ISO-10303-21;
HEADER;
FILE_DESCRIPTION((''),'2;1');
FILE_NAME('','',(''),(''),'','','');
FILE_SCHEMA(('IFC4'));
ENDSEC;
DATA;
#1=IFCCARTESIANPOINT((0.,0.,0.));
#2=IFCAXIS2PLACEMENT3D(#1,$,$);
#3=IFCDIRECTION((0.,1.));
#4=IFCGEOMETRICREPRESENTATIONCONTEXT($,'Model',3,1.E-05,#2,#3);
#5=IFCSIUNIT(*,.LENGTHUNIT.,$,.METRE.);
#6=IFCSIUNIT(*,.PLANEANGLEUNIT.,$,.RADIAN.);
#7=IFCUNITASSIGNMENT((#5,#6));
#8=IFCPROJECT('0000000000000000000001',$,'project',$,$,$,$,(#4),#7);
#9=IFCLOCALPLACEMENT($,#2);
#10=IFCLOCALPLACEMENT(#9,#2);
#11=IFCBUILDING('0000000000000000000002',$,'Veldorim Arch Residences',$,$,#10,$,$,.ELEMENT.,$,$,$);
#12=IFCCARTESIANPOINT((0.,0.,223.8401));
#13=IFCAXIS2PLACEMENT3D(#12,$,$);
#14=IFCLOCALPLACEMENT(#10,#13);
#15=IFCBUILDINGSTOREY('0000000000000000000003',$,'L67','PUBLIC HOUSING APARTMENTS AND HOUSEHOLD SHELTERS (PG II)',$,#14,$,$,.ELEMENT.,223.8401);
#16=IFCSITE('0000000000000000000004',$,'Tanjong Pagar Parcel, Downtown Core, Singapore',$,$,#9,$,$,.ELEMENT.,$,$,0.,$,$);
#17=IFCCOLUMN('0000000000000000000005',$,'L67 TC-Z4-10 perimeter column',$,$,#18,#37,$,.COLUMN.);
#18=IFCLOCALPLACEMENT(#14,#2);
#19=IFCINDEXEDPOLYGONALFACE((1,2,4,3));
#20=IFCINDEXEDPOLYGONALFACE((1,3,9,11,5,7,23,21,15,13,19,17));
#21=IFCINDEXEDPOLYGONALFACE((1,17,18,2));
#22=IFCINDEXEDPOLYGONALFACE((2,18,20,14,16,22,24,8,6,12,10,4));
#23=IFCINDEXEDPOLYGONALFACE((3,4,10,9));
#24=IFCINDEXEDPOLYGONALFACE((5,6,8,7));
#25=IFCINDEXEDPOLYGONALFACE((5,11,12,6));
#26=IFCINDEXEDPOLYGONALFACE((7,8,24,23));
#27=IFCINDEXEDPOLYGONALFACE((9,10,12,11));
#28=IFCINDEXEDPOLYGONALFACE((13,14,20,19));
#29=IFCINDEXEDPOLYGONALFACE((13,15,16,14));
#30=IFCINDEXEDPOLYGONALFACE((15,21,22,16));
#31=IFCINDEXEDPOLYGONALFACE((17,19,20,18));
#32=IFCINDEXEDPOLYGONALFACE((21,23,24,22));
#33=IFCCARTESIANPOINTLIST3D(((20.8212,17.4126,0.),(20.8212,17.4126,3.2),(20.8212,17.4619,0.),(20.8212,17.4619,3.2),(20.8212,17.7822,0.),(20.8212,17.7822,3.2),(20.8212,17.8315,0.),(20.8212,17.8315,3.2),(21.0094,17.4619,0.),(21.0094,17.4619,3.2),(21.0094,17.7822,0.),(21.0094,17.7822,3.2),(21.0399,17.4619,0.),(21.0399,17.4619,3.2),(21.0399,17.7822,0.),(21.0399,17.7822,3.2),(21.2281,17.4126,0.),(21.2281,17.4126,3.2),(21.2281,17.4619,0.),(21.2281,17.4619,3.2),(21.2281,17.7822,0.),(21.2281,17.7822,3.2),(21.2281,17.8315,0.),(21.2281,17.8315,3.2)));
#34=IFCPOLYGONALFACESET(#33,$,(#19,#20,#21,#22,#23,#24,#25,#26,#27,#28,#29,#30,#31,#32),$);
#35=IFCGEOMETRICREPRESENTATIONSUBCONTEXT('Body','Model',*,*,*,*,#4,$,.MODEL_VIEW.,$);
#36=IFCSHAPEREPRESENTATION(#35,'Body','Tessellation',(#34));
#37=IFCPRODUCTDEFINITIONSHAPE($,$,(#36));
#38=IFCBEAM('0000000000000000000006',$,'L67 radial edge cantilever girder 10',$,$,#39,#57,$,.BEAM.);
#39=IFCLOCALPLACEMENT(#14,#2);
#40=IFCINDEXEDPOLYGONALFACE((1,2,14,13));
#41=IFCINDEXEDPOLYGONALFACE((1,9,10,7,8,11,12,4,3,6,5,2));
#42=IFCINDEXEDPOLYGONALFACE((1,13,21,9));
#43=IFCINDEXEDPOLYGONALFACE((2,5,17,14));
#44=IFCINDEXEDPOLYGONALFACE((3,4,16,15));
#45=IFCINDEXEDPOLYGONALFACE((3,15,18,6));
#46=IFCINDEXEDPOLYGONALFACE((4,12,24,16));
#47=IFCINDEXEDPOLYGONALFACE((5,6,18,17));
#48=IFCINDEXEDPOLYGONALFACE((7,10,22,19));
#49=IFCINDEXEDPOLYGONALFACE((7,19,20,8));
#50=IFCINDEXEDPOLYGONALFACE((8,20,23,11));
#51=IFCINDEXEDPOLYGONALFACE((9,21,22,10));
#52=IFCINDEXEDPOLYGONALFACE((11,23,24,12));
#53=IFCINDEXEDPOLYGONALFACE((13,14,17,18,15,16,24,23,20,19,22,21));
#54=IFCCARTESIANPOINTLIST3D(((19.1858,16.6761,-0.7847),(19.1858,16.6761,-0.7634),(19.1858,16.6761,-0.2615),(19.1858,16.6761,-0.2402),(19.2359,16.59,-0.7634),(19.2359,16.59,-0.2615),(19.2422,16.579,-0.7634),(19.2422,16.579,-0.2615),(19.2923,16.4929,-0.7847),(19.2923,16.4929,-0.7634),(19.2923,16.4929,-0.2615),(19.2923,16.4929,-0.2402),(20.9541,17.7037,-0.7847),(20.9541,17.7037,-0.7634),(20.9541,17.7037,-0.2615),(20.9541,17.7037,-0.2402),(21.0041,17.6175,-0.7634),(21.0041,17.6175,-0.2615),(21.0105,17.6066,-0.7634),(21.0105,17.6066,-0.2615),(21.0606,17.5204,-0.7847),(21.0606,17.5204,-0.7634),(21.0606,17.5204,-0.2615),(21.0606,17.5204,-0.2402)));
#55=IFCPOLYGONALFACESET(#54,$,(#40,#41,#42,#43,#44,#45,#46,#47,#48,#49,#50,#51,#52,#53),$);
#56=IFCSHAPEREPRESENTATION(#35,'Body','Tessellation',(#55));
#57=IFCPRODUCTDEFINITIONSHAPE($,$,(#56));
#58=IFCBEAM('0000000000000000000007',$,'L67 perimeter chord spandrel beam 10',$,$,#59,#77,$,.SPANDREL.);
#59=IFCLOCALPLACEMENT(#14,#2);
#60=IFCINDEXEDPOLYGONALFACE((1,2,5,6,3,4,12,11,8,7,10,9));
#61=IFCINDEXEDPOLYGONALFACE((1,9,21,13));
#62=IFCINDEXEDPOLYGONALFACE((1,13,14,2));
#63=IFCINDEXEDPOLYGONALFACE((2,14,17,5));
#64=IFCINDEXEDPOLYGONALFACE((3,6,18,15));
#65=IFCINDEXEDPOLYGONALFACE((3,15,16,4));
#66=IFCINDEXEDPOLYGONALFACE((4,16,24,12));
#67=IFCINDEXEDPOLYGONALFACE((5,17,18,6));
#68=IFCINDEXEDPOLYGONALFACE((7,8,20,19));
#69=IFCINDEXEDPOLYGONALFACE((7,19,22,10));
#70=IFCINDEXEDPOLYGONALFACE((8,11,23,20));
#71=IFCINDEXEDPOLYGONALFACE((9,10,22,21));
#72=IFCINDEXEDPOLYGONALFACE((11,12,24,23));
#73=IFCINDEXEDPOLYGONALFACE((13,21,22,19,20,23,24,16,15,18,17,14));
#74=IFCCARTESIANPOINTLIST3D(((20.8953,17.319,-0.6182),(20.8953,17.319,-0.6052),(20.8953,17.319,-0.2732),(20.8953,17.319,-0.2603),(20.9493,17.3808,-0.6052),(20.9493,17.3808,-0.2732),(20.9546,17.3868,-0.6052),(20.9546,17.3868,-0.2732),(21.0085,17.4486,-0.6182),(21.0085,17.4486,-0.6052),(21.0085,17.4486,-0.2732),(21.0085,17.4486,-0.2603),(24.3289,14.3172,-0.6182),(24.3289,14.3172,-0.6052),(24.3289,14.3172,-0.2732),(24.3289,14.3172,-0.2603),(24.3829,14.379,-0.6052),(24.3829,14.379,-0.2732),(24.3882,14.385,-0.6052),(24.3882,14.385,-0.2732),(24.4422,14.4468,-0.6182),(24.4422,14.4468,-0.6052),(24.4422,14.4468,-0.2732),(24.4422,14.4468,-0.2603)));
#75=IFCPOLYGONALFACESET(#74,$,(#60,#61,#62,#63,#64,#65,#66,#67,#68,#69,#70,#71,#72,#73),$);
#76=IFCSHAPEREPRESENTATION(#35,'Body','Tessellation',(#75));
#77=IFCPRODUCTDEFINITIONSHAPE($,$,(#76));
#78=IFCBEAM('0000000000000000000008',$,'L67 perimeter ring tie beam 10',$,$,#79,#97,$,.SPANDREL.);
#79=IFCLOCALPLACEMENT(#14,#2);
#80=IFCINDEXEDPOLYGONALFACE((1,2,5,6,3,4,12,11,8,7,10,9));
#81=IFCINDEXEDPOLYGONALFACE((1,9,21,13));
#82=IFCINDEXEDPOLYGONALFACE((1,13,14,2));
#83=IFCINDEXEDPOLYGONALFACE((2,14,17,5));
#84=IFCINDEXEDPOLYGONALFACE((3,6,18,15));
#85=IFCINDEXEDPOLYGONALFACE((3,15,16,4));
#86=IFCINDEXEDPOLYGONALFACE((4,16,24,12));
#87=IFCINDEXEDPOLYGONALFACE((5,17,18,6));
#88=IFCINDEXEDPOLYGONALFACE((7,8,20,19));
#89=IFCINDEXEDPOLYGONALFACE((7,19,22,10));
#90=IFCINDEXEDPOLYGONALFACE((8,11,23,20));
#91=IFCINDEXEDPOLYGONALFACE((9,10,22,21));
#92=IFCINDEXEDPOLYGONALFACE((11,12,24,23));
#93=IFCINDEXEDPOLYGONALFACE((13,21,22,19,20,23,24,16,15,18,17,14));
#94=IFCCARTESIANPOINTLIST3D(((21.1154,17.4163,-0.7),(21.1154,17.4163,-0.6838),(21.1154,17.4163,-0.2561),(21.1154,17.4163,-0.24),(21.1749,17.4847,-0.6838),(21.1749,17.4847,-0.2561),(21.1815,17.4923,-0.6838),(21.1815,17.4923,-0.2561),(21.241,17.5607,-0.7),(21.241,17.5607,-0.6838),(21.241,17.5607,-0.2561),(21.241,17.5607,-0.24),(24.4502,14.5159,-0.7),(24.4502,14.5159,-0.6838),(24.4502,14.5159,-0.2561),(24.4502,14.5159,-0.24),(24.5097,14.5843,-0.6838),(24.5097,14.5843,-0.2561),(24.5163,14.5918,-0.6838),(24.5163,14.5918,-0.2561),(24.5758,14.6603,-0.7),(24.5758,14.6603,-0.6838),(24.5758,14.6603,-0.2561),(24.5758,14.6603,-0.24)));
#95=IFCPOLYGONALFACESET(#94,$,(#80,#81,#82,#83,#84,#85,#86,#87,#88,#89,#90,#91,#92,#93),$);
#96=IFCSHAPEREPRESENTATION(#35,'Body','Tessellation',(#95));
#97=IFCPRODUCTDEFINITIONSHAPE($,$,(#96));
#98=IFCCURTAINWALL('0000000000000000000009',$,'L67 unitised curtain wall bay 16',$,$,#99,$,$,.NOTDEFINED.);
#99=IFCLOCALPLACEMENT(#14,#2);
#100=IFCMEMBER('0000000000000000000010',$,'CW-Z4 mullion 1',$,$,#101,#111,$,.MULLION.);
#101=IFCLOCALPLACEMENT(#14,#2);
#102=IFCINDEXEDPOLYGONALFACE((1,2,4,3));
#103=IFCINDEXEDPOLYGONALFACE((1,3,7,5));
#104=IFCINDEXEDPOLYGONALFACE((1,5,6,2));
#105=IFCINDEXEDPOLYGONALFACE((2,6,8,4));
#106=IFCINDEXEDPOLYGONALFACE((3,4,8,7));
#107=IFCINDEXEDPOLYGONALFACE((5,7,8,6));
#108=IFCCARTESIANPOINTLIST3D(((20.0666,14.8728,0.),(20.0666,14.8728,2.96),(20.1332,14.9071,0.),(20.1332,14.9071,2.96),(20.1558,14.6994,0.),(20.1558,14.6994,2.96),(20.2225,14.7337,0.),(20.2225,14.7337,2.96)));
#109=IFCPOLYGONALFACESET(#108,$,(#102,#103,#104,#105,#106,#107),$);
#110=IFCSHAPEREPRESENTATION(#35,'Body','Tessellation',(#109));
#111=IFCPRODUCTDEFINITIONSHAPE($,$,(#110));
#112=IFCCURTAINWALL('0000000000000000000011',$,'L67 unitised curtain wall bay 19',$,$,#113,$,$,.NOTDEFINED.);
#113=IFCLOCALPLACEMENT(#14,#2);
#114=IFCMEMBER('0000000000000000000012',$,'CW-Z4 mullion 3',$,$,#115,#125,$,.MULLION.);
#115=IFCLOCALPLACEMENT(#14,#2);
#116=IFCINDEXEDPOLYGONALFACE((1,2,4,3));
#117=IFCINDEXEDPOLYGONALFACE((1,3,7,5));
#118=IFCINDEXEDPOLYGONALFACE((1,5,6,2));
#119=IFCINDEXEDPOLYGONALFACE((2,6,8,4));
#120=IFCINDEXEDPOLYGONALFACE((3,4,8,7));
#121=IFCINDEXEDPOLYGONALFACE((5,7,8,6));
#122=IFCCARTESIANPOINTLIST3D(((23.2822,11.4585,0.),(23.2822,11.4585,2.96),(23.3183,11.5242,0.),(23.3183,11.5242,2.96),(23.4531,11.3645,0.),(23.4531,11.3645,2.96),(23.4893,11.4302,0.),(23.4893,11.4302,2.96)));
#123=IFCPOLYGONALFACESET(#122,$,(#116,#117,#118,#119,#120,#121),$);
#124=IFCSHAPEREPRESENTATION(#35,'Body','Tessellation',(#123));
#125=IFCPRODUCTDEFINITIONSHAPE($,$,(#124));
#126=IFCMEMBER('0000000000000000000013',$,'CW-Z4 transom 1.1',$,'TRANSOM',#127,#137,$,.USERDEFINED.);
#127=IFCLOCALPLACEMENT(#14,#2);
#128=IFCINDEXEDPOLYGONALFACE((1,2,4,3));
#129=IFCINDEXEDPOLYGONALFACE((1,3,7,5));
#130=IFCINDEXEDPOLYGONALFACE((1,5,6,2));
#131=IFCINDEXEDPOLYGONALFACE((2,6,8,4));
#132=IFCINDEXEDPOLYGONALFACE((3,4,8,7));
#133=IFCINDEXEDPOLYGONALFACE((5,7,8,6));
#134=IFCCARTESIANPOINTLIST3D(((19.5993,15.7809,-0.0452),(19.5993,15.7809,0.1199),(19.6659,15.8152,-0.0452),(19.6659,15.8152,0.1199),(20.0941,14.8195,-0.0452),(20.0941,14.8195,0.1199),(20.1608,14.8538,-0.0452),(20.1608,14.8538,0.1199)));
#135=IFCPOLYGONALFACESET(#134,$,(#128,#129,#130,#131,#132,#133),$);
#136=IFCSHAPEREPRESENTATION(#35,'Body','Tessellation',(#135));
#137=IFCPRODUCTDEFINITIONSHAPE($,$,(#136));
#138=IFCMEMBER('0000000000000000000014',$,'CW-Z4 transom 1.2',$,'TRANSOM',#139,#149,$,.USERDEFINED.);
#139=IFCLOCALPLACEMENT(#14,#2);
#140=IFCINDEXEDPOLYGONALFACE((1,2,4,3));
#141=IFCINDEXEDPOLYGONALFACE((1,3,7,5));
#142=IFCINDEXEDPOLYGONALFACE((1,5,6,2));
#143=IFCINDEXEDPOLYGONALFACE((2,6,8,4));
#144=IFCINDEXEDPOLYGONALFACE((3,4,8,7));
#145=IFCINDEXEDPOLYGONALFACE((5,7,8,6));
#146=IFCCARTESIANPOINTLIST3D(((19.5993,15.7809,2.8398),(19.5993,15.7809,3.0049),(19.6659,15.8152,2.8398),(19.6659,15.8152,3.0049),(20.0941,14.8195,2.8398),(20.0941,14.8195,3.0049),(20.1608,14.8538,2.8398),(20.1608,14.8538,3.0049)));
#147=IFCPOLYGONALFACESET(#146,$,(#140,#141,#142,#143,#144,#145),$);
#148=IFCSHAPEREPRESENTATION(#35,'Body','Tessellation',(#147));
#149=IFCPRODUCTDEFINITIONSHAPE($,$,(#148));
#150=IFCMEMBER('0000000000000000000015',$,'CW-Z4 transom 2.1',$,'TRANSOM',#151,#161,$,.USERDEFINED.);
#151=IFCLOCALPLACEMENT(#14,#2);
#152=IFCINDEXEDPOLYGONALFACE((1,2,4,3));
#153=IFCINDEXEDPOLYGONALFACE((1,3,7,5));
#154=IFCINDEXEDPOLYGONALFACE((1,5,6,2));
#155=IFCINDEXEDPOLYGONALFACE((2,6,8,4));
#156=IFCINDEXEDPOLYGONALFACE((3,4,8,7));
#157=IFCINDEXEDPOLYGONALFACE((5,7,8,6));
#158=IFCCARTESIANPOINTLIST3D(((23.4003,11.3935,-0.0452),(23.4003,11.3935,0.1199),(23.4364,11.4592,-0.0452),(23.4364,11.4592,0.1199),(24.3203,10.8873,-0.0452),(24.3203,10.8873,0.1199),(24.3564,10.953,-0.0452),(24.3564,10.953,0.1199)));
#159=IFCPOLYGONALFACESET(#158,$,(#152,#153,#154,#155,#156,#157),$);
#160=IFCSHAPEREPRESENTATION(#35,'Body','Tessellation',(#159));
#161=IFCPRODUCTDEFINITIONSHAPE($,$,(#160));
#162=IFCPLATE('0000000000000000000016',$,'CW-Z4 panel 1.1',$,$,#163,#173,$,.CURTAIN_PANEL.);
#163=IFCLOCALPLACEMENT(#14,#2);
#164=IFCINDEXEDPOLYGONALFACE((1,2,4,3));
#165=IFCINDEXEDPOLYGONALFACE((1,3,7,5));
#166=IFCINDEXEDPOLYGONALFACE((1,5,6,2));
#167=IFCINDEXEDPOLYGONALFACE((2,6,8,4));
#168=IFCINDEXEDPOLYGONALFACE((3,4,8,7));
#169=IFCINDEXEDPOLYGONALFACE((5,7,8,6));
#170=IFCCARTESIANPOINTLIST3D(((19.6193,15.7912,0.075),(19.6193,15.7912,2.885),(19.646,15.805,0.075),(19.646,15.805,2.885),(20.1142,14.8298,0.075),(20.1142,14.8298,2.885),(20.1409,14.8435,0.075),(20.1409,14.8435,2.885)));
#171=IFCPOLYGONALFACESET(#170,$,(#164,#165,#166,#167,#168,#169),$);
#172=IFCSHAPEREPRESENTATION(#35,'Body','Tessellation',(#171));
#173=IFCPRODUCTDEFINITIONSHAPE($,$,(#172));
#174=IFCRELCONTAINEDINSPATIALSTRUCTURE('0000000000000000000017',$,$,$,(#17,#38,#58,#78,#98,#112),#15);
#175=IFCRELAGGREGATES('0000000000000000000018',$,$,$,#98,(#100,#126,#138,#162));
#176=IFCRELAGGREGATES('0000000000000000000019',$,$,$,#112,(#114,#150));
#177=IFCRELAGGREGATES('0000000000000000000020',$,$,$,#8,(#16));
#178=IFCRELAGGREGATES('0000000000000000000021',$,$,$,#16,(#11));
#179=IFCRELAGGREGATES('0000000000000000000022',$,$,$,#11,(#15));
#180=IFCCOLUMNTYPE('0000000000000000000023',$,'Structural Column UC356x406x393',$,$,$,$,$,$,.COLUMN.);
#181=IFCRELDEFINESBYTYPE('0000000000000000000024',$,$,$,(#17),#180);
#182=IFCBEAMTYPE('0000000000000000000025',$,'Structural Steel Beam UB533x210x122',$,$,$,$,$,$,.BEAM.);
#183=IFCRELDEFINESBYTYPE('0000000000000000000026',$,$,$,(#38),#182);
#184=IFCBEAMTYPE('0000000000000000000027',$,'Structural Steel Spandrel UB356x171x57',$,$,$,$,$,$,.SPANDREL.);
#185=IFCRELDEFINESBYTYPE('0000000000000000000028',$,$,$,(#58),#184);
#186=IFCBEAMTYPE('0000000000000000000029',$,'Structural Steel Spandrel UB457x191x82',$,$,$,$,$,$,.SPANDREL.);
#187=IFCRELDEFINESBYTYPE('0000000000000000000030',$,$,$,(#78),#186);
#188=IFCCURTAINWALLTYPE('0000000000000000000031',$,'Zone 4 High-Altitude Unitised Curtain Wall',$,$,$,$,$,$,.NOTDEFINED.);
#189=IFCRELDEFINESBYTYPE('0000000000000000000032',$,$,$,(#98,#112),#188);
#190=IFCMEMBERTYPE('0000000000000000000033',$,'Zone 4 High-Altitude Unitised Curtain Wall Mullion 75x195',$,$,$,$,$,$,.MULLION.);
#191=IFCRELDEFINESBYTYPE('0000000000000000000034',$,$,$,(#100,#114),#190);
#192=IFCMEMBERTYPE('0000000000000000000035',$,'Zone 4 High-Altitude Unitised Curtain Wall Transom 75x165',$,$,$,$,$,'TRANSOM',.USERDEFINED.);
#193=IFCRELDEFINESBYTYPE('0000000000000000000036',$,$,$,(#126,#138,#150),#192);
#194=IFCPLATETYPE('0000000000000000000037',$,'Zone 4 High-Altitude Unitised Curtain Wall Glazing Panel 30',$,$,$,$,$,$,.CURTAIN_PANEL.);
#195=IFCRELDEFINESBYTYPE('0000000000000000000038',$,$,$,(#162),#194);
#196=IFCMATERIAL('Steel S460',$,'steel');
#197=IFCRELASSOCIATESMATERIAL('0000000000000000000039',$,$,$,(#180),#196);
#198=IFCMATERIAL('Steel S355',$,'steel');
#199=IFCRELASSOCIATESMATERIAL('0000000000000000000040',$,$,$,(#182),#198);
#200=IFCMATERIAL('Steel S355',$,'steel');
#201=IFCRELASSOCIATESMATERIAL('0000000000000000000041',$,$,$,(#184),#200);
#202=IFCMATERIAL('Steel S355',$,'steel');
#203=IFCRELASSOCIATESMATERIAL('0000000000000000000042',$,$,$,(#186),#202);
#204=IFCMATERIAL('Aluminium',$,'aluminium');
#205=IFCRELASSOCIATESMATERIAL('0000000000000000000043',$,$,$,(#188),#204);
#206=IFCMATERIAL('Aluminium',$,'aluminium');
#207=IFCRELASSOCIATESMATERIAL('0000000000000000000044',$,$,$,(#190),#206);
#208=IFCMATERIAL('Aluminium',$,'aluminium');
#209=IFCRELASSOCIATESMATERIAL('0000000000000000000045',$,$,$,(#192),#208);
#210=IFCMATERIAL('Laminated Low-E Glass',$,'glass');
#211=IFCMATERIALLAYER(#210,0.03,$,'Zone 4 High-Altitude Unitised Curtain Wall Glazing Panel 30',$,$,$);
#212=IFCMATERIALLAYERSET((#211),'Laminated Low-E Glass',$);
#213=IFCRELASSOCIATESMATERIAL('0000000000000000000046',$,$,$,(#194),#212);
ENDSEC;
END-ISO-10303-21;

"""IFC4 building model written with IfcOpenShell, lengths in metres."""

from ifc_helpers import new_model, si_unit, direction, frame, origin, origin_2d, place, context, subcontext, project, spatial, rectangle, i_section, extrude, material, layer, layer_set, material_profile, profile_set, type_object, element, aggregate, save


model = new_model("IFC4")

# Units and contexts
model_context = context("Model", 3, precision=1e-05, world=origin(), true_north=direction((0.0, 1.0)))
body_context = subcontext(model_context, "Body", "Model", "MODEL_VIEW")
ifc_project = project(units=[si_unit("LENGTHUNIT", "METRE"), si_unit("PLANEANGLEUNIT", "RADIAN")], contexts=[model_context])

# Site, building, storey
site_placement = place(None, origin())
site = spatial("IfcSite", under=ifc_project, at=site_placement, Name="Tanjong Pagar Parcel, Downtown Core, Singapore", CompositionType="ELEMENT", RefElevation=0.0)
building_placement = place(site_placement, origin())
building = spatial("IfcBuilding", under=site, at=building_placement, Name="Veldorim Arch Residences", CompositionType="ELEMENT")
storey_placement = place(building_placement, frame((0.0, 0.0, 223.8401)))
storey = spatial("IfcBuildingStorey", under=building, at=storey_placement, Name="L67", Description="PUBLIC HOUSING APARTMENTS AND HOUSEHOLD SHELTERS (PG II)", CompositionType="ELEMENT", Elevation=223.8401)

# Column
ifc_material_1 = material(Name="Steel S460", Category="steel")
ifc_material_profile_1 = material_profile(ifc_material_1, i_section(OverallWidth=0.407, OverallDepth=0.4189, WebThickness=0.0305, FlangeThickness=0.0493, at=origin_2d()), Name="UC356x406x393")
ifc_profile_set_1 = profile_set([ifc_material_profile_1], Name="Steel S460")
column_type = type_object("IfcColumnType", Name="Structural Column UC356x406x393", PredefinedType="COLUMN", material=ifc_profile_set_1)
column_placement = place(storey_placement, frame((21.0247, 17.6221, 0.0), z_axis=(0.0, 0.0, 1.0), x_axis=(1.0, 0.0, 0.0)))
element("IfcColumn", 1, at=column_placement, inside=storey, type_object=column_type, Name="L67 TC-Z4-10 perimeter column", PredefinedType="COLUMN", context=body_context, shape_type="SweptSolid", body=[
    extrude(i_section(OverallWidth=0.407, OverallDepth=0.4189, WebThickness=0.0305, FlangeThickness=0.0493, at=origin_2d()), origin(), (0.0, 0.0, 1.0), 3.2),
])

# Beams
ifc_material_2 = material(Name="Steel S355", Category="steel")
ifc_material_profile_2 = material_profile(ifc_material_2, i_section(OverallWidth=0.2119, OverallDepth=0.5444, WebThickness=0.0127, FlangeThickness=0.0212, at=origin_2d()), Name="UB533x210x122")
ifc_profile_set_2 = profile_set([ifc_material_profile_2], Name="Steel S355")
beam_type_1 = type_object("IfcBeamType", Name="Structural Steel Beam UB533x210x122", PredefinedType="BEAM", material=ifc_profile_set_2)
beam_1_placement = place(storey_placement, frame((21.0073, 17.6121, -0.5125), z_axis=(-0.864613, -0.502438, 0.0), x_axis=(0.502438, -0.864613, 0.0)))
element("IfcBeam", 2, at=beam_1_placement, inside=storey, type_object=beam_type_1, Name="L67 radial edge cantilever girder 10", PredefinedType="BEAM", context=body_context, shape_type="SweptSolid", body=[
    extrude(i_section(OverallWidth=0.2119, OverallDepth=0.5444, WebThickness=0.0127, FlangeThickness=0.0212, at=origin_2d()), origin(), (0.0, 0.0, 1.0), 2.0452),
])
ifc_material_3 = material(Name="Steel S355", Category="steel")
ifc_material_profile_3 = material_profile(ifc_material_3, i_section(OverallWidth=0.1721, OverallDepth=0.3579, WebThickness=0.0081, FlangeThickness=0.0129, at=origin_2d()), Name="UB356x171x57")
ifc_profile_set_3 = profile_set([ifc_material_profile_3], Name="Steel S355")
beam_type_2 = type_object("IfcBeamType", Name="Structural Steel Spandrel UB356x171x57", PredefinedType="SPANDREL", material=ifc_profile_set_3)
beam_2_placement = place(storey_placement, frame((20.9519, 17.3838, -0.4392), z_axis=(0.752868, -0.658171, 0.0), x_axis=(0.658171, 0.752868, 0.0)))
element("IfcBeam", 3, at=beam_2_placement, inside=storey, type_object=beam_type_2, Name="L67 perimeter chord spandrel beam 10", PredefinedType="SPANDREL", context=body_context, shape_type="SweptSolid", body=[
    extrude(i_section(OverallWidth=0.1721, OverallDepth=0.3579, WebThickness=0.0081, FlangeThickness=0.0129, at=origin_2d()), origin(), (0.0, 0.0, 1.0), 4.5608),
])
ifc_material_4 = material(Name="Steel S355", Category="steel")
ifc_material_profile_4 = material_profile(ifc_material_4, i_section(OverallWidth=0.1914, OverallDepth=0.46, WebThickness=0.01, FlangeThickness=0.0161, at=origin_2d()), Name="UB457x191x82")
ifc_profile_set_4 = profile_set([ifc_material_profile_4], Name="Steel S355")
beam_type_3 = type_object("IfcBeamType", Name="Structural Steel Spandrel UB457x191x82", PredefinedType="SPANDREL", material=ifc_profile_set_4)
beam_3_placement = place(storey_placement, frame((21.1782, 17.4885, -0.47), z_axis=(0.754534, -0.656261, 0.0), x_axis=(0.656261, 0.754534, 0.0)))
element("IfcBeam", 4, at=beam_3_placement, inside=storey, type_object=beam_type_3, Name="L67 perimeter ring tie beam 10", PredefinedType="SPANDREL", context=body_context, shape_type="SweptSolid", body=[
    extrude(i_section(OverallWidth=0.1914, OverallDepth=0.46, WebThickness=0.01, FlangeThickness=0.0161, at=origin_2d()), origin(), (0.0, 0.0, 1.0), 4.4197),
])

# Curtain walls, members
ifc_material_5 = material(Name="Aluminium", Category="aluminium")
curtain_wall_type = type_object("IfcCurtainWallType", Name="Zone 4 High-Altitude Unitised Curtain Wall", PredefinedType="NOTDEFINED", material=ifc_material_5)
curtain_wall_1_placement = place(storey_placement, origin())
curtain_wall_1 = element("IfcCurtainWall", 5, at=curtain_wall_1_placement, inside=storey, type_object=curtain_wall_type, Name="L67 unitised curtain wall bay 16", PredefinedType="NOTDEFINED")
ifc_material_6 = material(Name="Aluminium", Category="aluminium")
ifc_material_profile_5 = material_profile(ifc_material_6, rectangle(XDim=0.075, YDim=0.1951, at=origin_2d()), Name="ALU_MUL_75x195")
ifc_profile_set_5 = profile_set([ifc_material_profile_5], Name="Aluminium")
member_type_1 = type_object("IfcMemberType", Name="Zone 4 High-Altitude Unitised Curtain Wall Mullion 75x195", PredefinedType="MULLION", material=ifc_profile_set_5)
member_1_placement = place(storey_placement, frame((20.1445, 14.8032, 0.0), z_axis=(0.0, 0.0, 1.0), x_axis=(-0.889131, -0.457653, 0.0)))
member_1 = element("IfcMember", 6, at=member_1_placement, type_object=member_type_1, Name="CW-Z4 mullion 1", PredefinedType="MULLION", context=body_context, shape_type="SweptSolid", body=[
    extrude(rectangle(XDim=0.075, YDim=0.1951, at=origin_2d()), origin(), (0.0, 0.0, 1.0), 2.96),
])
curtain_wall_2_placement = place(storey_placement, origin())
curtain_wall_2 = element("IfcCurtainWall", 7, at=curtain_wall_2_placement, inside=storey, type_object=curtain_wall_type, Name="L67 unitised curtain wall bay 19", PredefinedType="NOTDEFINED")
member_2_placement = place(storey_placement, frame((23.3857, 11.4443, 0.0), z_axis=(0.0, 0.0, 1.0), x_axis=(-0.481953, -0.876197, 0.0)))
member_2 = element("IfcMember", 8, at=member_2_placement, type_object=member_type_1, Name="CW-Z4 mullion 3", PredefinedType="MULLION", context=body_context, shape_type="SweptSolid", body=[
    extrude(rectangle(XDim=0.075, YDim=0.1951, at=origin_2d()), origin(), (0.0, 0.0, 1.0), 2.96),
])

# Members
ifc_material_7 = material(Name="Aluminium", Category="aluminium")
ifc_material_profile_6 = material_profile(ifc_material_7, rectangle(XDim=0.075, YDim=0.165, at=origin_2d()), Name="ALU_TRN_75x165")
ifc_profile_set_6 = profile_set([ifc_material_profile_6], Name="Aluminium")
member_type_2 = type_object("IfcMemberType", Name="Zone 4 High-Altitude Unitised Curtain Wall Transom 75x165", ElementType="TRANSOM", PredefinedType="USERDEFINED", material=ifc_profile_set_6)
member_3_placement = place(storey_placement, frame((20.1274, 14.8367, 0.0374), z_axis=(-0.457659, 0.889128, 0.0), x_axis=(-0.889128, -0.457659, 0.0)))
member_3 = element("IfcMember", 9, at=member_3_placement, type_object=member_type_2, Name="CW-Z4 transom 1.1", ObjectType="TRANSOM", PredefinedType="USERDEFINED", context=body_context, shape_type="SweptSolid", body=[
    extrude(rectangle(XDim=0.075, YDim=0.165, at=origin_2d()), origin(), (0.0, 0.0, 1.0), 1.0813),
])
member_4_placement = place(storey_placement, frame((20.1274, 14.8367, 2.9224), z_axis=(-0.457659, 0.889128, 0.0), x_axis=(-0.889128, -0.457659, 0.0)))
member_4 = element("IfcMember", 10, at=member_4_placement, type_object=member_type_2, Name="CW-Z4 transom 1.2", ObjectType="TRANSOM", PredefinedType="USERDEFINED", context=body_context, shape_type="SweptSolid", body=[
    extrude(rectangle(XDim=0.075, YDim=0.165, at=origin_2d()), origin(), (0.0, 0.0, 1.0), 1.0813),
])
member_5_placement = place(storey_placement, frame((24.3384, 10.9202, 0.0374), z_axis=(-0.876157, 0.482026, 0.0), x_axis=(-0.482026, -0.876157, 0.0)))
member_5 = element("IfcMember", 11, at=member_5_placement, type_object=member_type_2, Name="CW-Z4 transom 2.1", ObjectType="TRANSOM", PredefinedType="USERDEFINED", context=body_context, shape_type="SweptSolid", body=[
    extrude(rectangle(XDim=0.075, YDim=0.165, at=origin_2d()), origin(), (0.0, 0.0, 1.0), 1.05),
])

# Plate
ifc_material_8 = material(Name="Laminated Low-E Glass", Category="glass")
ifc_layer_1 = layer(ifc_material_8, 0.03, Name="Zone 4 High-Altitude Unitised Curtain Wall Glazing Panel 30")
ifc_layer_set_1 = layer_set([ifc_layer_1], Name="Laminated Low-E Glass")
plate_type = type_object("IfcPlateType", Name="Zone 4 High-Altitude Unitised Curtain Wall Glazing Panel 30", PredefinedType="CURTAIN_PANEL", material=ifc_layer_set_1)
plate_1_placement = place(storey_placement, frame((19.8801, 15.3174, 0.075), z_axis=(0.0, 0.0, 1.0), x_axis=(-0.457653, 0.889131, 0.0)))
plate_1 = element("IfcPlate", 12, at=plate_1_placement, type_object=plate_type, Name="CW-Z4 panel 1.1", PredefinedType="CURTAIN_PANEL", context=body_context, shape_type="SweptSolid", body=[
    extrude(rectangle(XDim=1.0813, YDim=0.03, at=origin_2d()), origin(), (0.0, 0.0, 1.0), 2.8101),
])
aggregate(curtain_wall_1, [member_1, member_3, member_4, plate_1])
aggregate(curtain_wall_2, [member_2, member_5])

save(model, "model.ifc")
